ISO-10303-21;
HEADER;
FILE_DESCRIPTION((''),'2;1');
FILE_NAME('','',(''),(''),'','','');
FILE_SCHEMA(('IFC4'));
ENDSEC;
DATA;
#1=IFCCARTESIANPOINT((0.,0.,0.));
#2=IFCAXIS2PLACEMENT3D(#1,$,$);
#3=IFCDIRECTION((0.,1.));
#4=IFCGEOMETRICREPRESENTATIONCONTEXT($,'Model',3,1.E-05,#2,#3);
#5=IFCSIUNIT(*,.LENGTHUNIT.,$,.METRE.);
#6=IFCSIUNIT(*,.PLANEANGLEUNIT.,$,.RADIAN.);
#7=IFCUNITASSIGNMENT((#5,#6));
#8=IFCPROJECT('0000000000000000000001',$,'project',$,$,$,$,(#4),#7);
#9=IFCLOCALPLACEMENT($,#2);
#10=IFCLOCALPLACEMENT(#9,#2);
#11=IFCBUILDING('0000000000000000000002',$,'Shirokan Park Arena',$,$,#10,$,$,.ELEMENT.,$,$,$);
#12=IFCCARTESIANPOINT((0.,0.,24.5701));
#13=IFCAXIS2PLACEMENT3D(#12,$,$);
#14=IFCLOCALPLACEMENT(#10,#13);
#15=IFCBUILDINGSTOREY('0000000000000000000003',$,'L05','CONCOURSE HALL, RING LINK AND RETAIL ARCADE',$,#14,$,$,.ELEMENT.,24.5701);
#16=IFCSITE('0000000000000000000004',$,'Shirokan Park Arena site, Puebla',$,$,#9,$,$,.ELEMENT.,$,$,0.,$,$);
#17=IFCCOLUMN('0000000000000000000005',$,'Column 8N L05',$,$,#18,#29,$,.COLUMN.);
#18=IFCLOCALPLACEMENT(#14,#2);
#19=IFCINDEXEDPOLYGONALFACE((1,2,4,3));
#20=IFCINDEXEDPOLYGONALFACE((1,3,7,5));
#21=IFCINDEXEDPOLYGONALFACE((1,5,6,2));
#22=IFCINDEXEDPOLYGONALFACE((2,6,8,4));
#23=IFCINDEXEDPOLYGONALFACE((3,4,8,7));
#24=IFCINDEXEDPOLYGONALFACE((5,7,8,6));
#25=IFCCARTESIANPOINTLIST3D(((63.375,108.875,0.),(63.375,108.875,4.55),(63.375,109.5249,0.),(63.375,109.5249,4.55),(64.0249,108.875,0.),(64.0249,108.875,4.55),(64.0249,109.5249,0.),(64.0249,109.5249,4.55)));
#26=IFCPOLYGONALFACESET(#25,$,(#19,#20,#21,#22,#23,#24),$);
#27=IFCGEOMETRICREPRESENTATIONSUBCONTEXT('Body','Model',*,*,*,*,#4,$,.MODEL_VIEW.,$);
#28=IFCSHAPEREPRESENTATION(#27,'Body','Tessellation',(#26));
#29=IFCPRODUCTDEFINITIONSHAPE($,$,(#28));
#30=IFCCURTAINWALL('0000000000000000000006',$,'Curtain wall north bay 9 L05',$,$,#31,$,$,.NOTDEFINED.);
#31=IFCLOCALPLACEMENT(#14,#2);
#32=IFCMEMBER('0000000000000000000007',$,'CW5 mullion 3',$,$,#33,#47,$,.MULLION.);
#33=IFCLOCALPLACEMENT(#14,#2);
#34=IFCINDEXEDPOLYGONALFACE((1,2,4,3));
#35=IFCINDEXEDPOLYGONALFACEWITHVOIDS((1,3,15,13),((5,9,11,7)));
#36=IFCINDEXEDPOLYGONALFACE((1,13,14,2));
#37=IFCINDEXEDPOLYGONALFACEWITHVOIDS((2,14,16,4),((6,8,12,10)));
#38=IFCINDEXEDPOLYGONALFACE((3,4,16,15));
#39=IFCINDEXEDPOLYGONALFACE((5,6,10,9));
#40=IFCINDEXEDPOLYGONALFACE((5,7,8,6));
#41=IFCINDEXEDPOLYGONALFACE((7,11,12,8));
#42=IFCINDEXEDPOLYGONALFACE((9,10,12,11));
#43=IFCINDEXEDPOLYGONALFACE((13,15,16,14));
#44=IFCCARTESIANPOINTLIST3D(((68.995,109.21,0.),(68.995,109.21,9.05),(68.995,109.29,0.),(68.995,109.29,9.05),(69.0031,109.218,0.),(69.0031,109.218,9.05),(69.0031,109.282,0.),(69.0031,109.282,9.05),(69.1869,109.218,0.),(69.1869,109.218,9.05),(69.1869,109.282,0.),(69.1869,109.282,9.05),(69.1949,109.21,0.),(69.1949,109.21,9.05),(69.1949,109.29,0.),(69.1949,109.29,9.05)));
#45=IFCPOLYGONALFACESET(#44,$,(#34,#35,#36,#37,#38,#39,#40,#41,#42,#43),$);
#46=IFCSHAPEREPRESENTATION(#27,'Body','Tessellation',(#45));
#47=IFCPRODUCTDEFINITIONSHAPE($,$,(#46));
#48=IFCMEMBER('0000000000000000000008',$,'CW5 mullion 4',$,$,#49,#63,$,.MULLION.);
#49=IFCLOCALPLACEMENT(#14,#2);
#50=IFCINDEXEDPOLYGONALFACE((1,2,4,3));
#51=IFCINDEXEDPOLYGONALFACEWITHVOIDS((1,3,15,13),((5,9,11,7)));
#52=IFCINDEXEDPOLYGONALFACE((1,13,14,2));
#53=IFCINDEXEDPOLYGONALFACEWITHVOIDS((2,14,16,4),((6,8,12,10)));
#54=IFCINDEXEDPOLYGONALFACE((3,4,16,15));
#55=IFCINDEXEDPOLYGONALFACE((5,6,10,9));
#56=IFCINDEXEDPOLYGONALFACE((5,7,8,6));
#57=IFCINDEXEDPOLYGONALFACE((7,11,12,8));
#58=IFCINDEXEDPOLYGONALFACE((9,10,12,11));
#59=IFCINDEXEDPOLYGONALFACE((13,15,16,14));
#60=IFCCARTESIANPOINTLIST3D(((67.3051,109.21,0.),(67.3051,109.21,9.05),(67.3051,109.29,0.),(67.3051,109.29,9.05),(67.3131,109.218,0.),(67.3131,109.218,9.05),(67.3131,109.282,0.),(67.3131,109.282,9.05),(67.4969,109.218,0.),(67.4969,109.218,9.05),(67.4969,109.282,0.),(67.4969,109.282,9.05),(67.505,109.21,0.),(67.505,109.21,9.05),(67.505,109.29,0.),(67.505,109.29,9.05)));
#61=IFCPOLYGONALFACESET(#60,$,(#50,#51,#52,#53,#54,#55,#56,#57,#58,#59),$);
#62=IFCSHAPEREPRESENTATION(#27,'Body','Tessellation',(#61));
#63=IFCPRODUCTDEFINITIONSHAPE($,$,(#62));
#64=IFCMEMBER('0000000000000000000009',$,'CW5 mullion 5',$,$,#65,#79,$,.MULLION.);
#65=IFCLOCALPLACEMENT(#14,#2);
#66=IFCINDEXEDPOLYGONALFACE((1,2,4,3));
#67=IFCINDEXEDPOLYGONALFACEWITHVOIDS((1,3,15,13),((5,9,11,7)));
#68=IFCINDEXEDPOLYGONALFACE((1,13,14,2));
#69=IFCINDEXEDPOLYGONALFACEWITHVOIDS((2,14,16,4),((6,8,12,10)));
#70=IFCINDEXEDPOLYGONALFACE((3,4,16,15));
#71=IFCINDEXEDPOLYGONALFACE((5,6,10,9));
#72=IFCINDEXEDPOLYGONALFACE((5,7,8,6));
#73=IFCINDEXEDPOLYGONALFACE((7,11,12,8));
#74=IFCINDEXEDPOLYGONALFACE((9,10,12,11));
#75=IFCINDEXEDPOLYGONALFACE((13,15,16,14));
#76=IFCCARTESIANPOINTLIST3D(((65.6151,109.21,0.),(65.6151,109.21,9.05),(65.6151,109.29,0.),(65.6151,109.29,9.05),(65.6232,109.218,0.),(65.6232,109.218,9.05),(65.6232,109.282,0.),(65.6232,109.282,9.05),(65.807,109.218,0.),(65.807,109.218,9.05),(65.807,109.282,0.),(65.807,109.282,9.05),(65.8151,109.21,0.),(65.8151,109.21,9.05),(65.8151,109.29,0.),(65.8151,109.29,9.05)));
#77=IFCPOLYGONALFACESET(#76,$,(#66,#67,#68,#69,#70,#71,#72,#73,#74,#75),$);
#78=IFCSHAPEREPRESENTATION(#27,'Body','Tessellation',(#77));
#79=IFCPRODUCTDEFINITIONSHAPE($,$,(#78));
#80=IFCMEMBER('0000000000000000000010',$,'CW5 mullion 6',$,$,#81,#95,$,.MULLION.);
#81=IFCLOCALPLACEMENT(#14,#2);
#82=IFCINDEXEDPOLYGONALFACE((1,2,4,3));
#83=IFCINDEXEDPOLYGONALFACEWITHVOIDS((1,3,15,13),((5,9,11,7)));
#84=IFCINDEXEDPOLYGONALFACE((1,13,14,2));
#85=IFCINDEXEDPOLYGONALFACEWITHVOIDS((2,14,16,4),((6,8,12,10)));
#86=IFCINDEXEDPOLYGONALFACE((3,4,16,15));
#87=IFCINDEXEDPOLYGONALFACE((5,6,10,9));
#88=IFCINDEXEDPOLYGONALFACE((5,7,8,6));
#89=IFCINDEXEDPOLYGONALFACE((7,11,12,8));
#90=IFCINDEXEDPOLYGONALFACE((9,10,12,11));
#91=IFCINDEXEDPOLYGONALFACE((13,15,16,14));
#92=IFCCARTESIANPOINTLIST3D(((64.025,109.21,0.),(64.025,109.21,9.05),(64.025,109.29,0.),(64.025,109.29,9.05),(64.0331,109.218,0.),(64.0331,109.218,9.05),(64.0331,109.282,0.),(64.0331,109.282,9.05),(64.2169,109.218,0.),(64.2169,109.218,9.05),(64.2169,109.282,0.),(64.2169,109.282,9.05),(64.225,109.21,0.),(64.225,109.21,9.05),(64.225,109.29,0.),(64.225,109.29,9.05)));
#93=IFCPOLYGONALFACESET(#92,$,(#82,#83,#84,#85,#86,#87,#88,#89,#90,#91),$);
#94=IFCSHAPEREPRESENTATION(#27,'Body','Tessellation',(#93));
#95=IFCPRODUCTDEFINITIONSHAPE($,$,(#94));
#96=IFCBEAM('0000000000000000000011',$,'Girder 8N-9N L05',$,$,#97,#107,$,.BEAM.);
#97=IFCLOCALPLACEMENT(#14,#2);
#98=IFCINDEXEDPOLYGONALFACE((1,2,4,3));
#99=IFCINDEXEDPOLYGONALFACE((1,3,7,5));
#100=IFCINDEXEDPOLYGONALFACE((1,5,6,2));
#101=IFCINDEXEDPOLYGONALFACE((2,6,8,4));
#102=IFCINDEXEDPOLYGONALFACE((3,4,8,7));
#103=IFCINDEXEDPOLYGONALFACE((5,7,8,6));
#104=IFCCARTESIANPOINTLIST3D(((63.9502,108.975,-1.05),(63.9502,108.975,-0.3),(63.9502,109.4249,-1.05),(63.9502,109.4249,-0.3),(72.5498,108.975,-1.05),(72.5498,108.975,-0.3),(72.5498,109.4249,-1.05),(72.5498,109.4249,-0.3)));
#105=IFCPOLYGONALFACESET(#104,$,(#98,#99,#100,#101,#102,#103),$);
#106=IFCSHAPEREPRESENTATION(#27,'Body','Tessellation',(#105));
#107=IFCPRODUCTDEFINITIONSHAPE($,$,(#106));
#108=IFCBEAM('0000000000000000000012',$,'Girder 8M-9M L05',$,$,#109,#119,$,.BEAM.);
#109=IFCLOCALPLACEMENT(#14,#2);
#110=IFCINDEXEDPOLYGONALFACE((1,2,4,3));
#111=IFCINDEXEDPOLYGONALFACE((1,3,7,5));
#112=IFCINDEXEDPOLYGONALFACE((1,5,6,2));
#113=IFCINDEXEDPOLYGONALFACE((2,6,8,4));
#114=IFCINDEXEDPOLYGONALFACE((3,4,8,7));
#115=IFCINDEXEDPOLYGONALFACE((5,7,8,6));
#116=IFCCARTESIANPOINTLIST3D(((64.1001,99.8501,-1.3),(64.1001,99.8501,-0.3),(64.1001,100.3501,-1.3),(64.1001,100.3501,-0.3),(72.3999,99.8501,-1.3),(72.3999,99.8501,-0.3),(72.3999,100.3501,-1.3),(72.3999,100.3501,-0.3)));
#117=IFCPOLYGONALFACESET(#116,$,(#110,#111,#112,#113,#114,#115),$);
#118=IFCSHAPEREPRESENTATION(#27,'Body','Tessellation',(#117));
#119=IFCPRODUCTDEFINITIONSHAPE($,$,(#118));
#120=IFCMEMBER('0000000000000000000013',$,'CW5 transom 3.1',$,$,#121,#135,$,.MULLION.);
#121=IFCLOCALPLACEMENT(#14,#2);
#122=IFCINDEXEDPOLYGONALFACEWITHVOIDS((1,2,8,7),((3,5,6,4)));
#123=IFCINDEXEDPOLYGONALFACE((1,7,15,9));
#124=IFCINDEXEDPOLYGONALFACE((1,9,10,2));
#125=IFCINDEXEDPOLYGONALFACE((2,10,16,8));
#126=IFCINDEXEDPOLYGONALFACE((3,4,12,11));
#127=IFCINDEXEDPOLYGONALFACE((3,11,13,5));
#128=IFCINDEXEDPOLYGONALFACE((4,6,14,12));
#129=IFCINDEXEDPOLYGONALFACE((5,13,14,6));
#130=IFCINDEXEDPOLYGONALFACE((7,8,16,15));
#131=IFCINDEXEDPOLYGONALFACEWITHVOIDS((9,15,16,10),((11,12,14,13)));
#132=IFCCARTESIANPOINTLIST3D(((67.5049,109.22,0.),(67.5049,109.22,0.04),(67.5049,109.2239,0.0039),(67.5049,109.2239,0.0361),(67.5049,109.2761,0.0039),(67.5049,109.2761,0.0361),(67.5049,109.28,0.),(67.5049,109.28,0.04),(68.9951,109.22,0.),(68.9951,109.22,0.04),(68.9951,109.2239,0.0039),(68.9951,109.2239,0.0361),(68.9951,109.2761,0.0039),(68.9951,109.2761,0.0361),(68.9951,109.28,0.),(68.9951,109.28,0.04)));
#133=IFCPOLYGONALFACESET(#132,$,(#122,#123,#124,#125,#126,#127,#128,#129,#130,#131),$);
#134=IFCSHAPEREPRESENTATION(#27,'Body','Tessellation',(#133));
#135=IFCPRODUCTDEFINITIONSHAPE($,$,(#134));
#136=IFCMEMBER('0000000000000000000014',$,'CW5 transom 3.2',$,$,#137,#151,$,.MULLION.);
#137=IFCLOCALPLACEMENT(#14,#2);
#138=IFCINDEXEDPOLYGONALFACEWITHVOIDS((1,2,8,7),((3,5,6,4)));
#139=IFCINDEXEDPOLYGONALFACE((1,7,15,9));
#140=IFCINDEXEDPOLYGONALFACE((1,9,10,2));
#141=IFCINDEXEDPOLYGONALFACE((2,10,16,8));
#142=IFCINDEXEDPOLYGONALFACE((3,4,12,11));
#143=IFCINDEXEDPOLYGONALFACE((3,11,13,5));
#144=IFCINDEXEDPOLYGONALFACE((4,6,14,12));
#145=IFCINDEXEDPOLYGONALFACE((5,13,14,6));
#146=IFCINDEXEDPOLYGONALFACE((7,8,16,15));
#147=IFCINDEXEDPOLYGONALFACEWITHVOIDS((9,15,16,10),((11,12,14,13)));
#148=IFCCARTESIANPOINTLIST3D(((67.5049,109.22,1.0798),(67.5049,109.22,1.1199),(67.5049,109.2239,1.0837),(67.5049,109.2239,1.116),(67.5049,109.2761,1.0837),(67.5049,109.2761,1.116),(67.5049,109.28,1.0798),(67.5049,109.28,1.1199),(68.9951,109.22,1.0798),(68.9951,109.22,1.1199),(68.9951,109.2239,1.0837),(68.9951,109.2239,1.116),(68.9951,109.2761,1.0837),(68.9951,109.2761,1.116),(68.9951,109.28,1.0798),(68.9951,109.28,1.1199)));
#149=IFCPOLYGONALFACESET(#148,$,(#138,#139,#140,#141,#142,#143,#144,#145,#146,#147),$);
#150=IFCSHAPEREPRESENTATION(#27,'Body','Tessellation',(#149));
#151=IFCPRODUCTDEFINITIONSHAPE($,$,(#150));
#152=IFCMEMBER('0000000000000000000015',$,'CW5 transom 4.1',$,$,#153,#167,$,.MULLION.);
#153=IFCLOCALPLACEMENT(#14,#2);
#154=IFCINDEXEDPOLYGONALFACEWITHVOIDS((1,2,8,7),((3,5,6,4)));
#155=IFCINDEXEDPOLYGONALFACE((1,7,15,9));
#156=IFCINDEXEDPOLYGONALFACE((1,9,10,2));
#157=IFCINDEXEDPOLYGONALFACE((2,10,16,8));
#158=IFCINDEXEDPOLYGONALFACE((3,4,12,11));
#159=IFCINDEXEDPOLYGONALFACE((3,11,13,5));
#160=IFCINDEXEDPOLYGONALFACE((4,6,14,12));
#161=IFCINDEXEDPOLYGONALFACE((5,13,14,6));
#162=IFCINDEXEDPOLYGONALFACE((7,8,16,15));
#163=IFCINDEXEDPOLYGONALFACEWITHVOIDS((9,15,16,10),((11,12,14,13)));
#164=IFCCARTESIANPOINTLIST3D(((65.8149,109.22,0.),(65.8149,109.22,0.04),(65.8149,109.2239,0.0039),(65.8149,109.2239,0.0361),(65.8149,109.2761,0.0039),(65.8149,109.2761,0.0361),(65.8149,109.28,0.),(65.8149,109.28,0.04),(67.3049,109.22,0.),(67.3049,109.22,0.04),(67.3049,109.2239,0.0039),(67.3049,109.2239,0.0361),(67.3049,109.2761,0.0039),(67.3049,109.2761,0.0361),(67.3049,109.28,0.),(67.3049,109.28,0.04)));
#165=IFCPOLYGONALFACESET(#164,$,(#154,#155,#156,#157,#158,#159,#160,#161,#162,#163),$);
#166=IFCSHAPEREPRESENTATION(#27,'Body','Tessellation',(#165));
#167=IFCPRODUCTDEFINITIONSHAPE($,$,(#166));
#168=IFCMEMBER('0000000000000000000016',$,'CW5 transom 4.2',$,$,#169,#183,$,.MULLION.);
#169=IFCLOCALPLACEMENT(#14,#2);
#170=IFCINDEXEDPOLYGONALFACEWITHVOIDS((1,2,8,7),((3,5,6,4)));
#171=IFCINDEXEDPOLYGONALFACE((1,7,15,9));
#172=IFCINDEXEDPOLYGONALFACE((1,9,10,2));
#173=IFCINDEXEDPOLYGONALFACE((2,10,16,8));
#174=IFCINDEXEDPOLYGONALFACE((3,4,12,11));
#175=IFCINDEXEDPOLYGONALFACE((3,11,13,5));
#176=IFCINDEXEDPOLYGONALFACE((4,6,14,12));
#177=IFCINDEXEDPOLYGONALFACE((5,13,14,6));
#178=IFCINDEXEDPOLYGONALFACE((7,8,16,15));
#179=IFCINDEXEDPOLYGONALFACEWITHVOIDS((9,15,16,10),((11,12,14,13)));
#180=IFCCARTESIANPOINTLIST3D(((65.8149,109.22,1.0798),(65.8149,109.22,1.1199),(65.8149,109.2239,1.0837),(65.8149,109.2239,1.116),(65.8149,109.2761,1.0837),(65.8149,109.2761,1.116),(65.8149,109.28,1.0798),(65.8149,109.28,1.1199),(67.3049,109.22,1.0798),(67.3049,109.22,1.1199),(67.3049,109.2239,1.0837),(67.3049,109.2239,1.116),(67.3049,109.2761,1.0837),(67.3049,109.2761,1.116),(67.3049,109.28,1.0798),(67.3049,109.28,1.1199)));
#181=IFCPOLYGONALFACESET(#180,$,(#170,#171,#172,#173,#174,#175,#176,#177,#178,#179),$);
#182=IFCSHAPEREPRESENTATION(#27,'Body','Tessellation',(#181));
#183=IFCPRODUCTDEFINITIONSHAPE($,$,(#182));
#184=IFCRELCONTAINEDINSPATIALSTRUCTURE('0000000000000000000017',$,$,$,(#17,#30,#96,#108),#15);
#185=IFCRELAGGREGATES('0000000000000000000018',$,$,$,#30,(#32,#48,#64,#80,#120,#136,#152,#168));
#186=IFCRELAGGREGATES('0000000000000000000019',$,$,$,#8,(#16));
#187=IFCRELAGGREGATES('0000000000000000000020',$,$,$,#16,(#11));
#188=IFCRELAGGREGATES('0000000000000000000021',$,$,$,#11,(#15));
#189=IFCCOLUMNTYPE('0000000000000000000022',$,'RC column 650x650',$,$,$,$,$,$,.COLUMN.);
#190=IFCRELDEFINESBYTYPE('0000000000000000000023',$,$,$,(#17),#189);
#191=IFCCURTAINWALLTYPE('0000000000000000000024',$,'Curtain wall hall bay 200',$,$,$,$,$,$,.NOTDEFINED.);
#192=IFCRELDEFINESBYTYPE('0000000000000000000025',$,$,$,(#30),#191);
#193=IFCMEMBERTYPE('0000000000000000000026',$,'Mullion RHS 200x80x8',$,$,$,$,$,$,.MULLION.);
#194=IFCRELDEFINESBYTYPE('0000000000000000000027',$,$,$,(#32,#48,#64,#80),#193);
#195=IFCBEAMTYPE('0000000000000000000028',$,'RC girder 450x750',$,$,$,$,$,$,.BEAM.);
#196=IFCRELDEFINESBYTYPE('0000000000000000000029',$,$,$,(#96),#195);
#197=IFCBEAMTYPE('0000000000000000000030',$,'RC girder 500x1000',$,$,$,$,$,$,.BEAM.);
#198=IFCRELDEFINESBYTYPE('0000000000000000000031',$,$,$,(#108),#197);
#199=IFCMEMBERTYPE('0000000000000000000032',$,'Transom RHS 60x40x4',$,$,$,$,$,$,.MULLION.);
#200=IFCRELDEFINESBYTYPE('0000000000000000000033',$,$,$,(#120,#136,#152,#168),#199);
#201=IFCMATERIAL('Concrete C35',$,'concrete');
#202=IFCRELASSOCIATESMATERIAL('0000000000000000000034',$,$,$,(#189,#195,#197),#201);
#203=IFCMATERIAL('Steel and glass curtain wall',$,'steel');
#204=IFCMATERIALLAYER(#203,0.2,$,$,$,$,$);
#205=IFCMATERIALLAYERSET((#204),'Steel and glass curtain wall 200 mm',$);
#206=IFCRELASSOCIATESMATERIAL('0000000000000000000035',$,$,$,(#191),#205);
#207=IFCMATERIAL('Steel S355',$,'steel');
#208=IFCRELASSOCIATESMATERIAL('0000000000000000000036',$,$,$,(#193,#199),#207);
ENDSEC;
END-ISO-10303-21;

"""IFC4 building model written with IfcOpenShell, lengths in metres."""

from ifc_helpers import new_model, si_unit, direction, frame, origin, origin_2d, place, context, subcontext, project, spatial, rectangle, hollow_rectangle, extrude, material, layer, layer_set, material_profile, profile_set, type_object, element, aggregate, save


model = new_model("IFC4")

# Units and contexts
model_context = context("Model", 3, precision=1e-05, world=origin(), true_north=direction((0.0, 1.0)))
body_context = subcontext(model_context, "Body", "Model", "MODEL_VIEW")
ifc_project = project(units=[si_unit("LENGTHUNIT", "METRE"), si_unit("PLANEANGLEUNIT", "RADIAN")], contexts=[model_context])

# Site, building, storey
site_placement = place(None, origin())
site = spatial("IfcSite", under=ifc_project, at=site_placement, Name="Shirokan Park Arena site, Puebla", CompositionType="ELEMENT", RefElevation=0.0)
building_placement = place(site_placement, origin())
building = spatial("IfcBuilding", under=site, at=building_placement, Name="Shirokan Park Arena", CompositionType="ELEMENT")
storey_placement = place(building_placement, frame((0.0, 0.0, 24.5701)))
storey = spatial("IfcBuildingStorey", under=building, at=storey_placement, Name="L05", Description="CONCOURSE HALL, RING LINK AND RETAIL ARCADE", CompositionType="ELEMENT", Elevation=24.5701)

# Column
ifc_material_1 = material(Name="Concrete C35", Category="concrete")
ifc_material_profile_1 = material_profile(ifc_material_1, rectangle(XDim=0.6499, YDim=0.6499, at=origin_2d()), Name="650x650")
ifc_profile_set_1 = profile_set([ifc_material_profile_1], Name="Concrete C35")
column_type = type_object("IfcColumnType", Name="RC column 650x650", PredefinedType="COLUMN", material=ifc_profile_set_1)
column_placement = place(storey_placement, frame((63.7, 109.2, 0.0), z_axis=(0.0, 0.0, 1.0), x_axis=(1.0, 0.0, 0.0)))
element("IfcColumn", 1, at=column_placement, inside=storey, type_object=column_type, Name="Column 8N L05", PredefinedType="COLUMN", context=body_context, shape_type="SweptSolid", body=[
    extrude(rectangle(XDim=0.6499, YDim=0.6499, at=origin_2d()), origin(), (0.0, 0.0, 1.0), 4.55),
])

# Curtain wall, members
ifc_material_2 = material(Name="Steel and glass curtain wall", Category="steel")
ifc_layer_1 = layer(ifc_material_2, 0.2)
ifc_layer_set_1 = layer_set([ifc_layer_1], Name="Steel and glass curtain wall 200 mm")
curtain_wall_type = type_object("IfcCurtainWallType", Name="Curtain wall hall bay 200", PredefinedType="NOTDEFINED", material=ifc_layer_set_1)
curtain_wall_placement = place(storey_placement, origin())
curtain_wall = element("IfcCurtainWall", 2, at=curtain_wall_placement, inside=storey, type_object=curtain_wall_type, Name="Curtain wall north bay 9 L05", PredefinedType="NOTDEFINED")
ifc_material_3 = material(Name="Steel S355", Category="steel")
ifc_material_profile_2 = material_profile(ifc_material_3, hollow_rectangle(XDim=0.0801, YDim=0.2, WallThickness=0.0081, at=origin_2d()), Name="RHS 200x80x8")
ifc_profile_set_2 = profile_set([ifc_material_profile_2], Name="Steel S355")
member_type_1 = type_object("IfcMemberType", Name="Mullion RHS 200x80x8", PredefinedType="MULLION", material=ifc_profile_set_2)
member_1_placement = place(storey_placement, frame((69.095, 109.25, 0.0), z_axis=(0.0, 0.0, 1.0), x_axis=(0.0, -1.0, 0.0)))
member_1 = element("IfcMember", 3, at=member_1_placement, type_object=member_type_1, Name="CW5 mullion 3", PredefinedType="MULLION", context=body_context, shape_type="SweptSolid", body=[
    extrude(hollow_rectangle(XDim=0.0801, YDim=0.2, WallThickness=0.0081, at=origin_2d()), origin(), (0.0, 0.0, 1.0), 9.05),
])
member_2_placement = place(storey_placement, frame((67.405, 109.25, 0.0), z_axis=(0.0, 0.0, 1.0), x_axis=(0.0, -1.0, 0.0)))
member_2 = element("IfcMember", 4, at=member_2_placement, type_object=member_type_1, Name="CW5 mullion 4", PredefinedType="MULLION", context=body_context, shape_type="SweptSolid", body=[
    extrude(hollow_rectangle(XDim=0.0801, YDim=0.2, WallThickness=0.0081, at=origin_2d()), origin(), (0.0, 0.0, 1.0), 9.05),
])
member_3_placement = place(storey_placement, frame((65.7151, 109.25, 0.0), z_axis=(0.0, 0.0, 1.0), x_axis=(0.0, -1.0, 0.0)))
member_3 = element("IfcMember", 5, at=member_3_placement, type_object=member_type_1, Name="CW5 mullion 5", PredefinedType="MULLION", context=body_context, shape_type="SweptSolid", body=[
    extrude(hollow_rectangle(XDim=0.0801, YDim=0.2, WallThickness=0.0081, at=origin_2d()), origin(), (0.0, 0.0, 1.0), 9.05),
])
member_4_placement = place(storey_placement, frame((64.125, 109.25, 0.0), z_axis=(0.0, 0.0, 1.0), x_axis=(0.0, -1.0, 0.0)))
member_4 = element("IfcMember", 6, at=member_4_placement, type_object=member_type_1, Name="CW5 mullion 6", PredefinedType="MULLION", context=body_context, shape_type="SweptSolid", body=[
    extrude(hollow_rectangle(XDim=0.0801, YDim=0.2, WallThickness=0.0081, at=origin_2d()), origin(), (0.0, 0.0, 1.0), 9.05),
])

# Beams
ifc_material_profile_3 = material_profile(ifc_material_1, rectangle(XDim=0.45, YDim=0.75, at=origin_2d()), Name="450x750")
ifc_profile_set_3 = profile_set([ifc_material_profile_3], Name="Concrete C35")
beam_type_1 = type_object("IfcBeamType", Name="RC girder 450x750", PredefinedType="BEAM", material=ifc_profile_set_3)
beam_1_placement = place(storey_placement, frame((63.9502, 109.2, -0.675), z_axis=(1.0, 0.0, 0.0), x_axis=(0.0, 1.0, 0.0)))
element("IfcBeam", 7, at=beam_1_placement, inside=storey, type_object=beam_type_1, Name="Girder 8N-9N L05", PredefinedType="BEAM", context=body_context, shape_type="SweptSolid", body=[
    extrude(rectangle(XDim=0.45, YDim=0.75, at=origin_2d()), origin(), (0.0, 0.0, 1.0), 8.5996),
])
ifc_material_profile_4 = material_profile(ifc_material_1, rectangle(XDim=0.5, YDim=1.0, at=origin_2d()), Name="500x1000")
ifc_profile_set_4 = profile_set([ifc_material_profile_4], Name="Concrete C35")
beam_type_2 = type_object("IfcBeamType", Name="RC girder 500x1000", PredefinedType="BEAM", material=ifc_profile_set_4)
beam_2_placement = place(storey_placement, frame((64.1001, 100.1001, -0.8), z_axis=(1.0, 0.0, 0.0), x_axis=(0.0, 1.0, 0.0)))
element("IfcBeam", 8, at=beam_2_placement, inside=storey, type_object=beam_type_2, Name="Girder 8M-9M L05", PredefinedType="BEAM", context=body_context, shape_type="SweptSolid", body=[
    extrude(rectangle(XDim=0.5, YDim=1.0, at=origin_2d()), origin(), (0.0, 0.0, 1.0), 8.2998),
])

# Members
ifc_material_profile_5 = material_profile(ifc_material_3, hollow_rectangle(XDim=0.0601, YDim=0.04, WallThickness=0.0039, at=origin_2d()), Name="RHS 60x40x4")
ifc_profile_set_5 = profile_set([ifc_material_profile_5], Name="Steel S355")
member_type_2 = type_object("IfcMemberType", Name="Transom RHS 60x40x4", PredefinedType="MULLION", material=ifc_profile_set_5)
member_5_placement = place(storey_placement, frame((68.9951, 109.25, 0.02), z_axis=(-1.0, 0.0, 0.0), x_axis=(0.0, -1.0, 0.0)))
member_5 = element("IfcMember", 9, at=member_5_placement, type_object=member_type_2, Name="CW5 transom 3.1", PredefinedType="MULLION", context=body_context, shape_type="SweptSolid", body=[
    extrude(hollow_rectangle(XDim=0.0601, YDim=0.04, WallThickness=0.0039, at=origin_2d()), origin(), (0.0, 0.0, 1.0), 1.4902),
])
member_6_placement = place(storey_placement, frame((68.9951, 109.25, 1.0999), z_axis=(-1.0, 0.0, 0.0), x_axis=(0.0, -1.0, 0.0)))
member_6 = element("IfcMember", 10, at=member_6_placement, type_object=member_type_2, Name="CW5 transom 3.2", PredefinedType="MULLION", context=body_context, shape_type="SweptSolid", body=[
    extrude(hollow_rectangle(XDim=0.0601, YDim=0.04, WallThickness=0.0039, at=origin_2d()), origin(), (0.0, 0.0, 1.0), 1.4902),
])
member_7_placement = place(storey_placement, frame((67.3049, 109.25, 0.02), z_axis=(-1.0, 0.0, 0.0), x_axis=(0.0, -1.0, 0.0)))
member_7 = element("IfcMember", 11, at=member_7_placement, type_object=member_type_2, Name="CW5 transom 4.1", PredefinedType="MULLION", context=body_context, shape_type="SweptSolid", body=[
    extrude(hollow_rectangle(XDim=0.0601, YDim=0.04, WallThickness=0.0039, at=origin_2d()), origin(), (0.0, 0.0, 1.0), 1.49),
])
member_8_placement = place(storey_placement, frame((67.3049, 109.25, 1.0999), z_axis=(-1.0, 0.0, 0.0), x_axis=(0.0, -1.0, 0.0)))
member_8 = element("IfcMember", 12, at=member_8_placement, type_object=member_type_2, Name="CW5 transom 4.2", PredefinedType="MULLION", context=body_context, shape_type="SweptSolid", body=[
    extrude(hollow_rectangle(XDim=0.0601, YDim=0.04, WallThickness=0.0039, at=origin_2d()), origin(), (0.0, 0.0, 1.0), 1.49),
])

aggregate(curtain_wall, [member_1, member_2, member_3, member_4, member_5, member_6, member_7, member_8])

save(model, "model.ifc")
